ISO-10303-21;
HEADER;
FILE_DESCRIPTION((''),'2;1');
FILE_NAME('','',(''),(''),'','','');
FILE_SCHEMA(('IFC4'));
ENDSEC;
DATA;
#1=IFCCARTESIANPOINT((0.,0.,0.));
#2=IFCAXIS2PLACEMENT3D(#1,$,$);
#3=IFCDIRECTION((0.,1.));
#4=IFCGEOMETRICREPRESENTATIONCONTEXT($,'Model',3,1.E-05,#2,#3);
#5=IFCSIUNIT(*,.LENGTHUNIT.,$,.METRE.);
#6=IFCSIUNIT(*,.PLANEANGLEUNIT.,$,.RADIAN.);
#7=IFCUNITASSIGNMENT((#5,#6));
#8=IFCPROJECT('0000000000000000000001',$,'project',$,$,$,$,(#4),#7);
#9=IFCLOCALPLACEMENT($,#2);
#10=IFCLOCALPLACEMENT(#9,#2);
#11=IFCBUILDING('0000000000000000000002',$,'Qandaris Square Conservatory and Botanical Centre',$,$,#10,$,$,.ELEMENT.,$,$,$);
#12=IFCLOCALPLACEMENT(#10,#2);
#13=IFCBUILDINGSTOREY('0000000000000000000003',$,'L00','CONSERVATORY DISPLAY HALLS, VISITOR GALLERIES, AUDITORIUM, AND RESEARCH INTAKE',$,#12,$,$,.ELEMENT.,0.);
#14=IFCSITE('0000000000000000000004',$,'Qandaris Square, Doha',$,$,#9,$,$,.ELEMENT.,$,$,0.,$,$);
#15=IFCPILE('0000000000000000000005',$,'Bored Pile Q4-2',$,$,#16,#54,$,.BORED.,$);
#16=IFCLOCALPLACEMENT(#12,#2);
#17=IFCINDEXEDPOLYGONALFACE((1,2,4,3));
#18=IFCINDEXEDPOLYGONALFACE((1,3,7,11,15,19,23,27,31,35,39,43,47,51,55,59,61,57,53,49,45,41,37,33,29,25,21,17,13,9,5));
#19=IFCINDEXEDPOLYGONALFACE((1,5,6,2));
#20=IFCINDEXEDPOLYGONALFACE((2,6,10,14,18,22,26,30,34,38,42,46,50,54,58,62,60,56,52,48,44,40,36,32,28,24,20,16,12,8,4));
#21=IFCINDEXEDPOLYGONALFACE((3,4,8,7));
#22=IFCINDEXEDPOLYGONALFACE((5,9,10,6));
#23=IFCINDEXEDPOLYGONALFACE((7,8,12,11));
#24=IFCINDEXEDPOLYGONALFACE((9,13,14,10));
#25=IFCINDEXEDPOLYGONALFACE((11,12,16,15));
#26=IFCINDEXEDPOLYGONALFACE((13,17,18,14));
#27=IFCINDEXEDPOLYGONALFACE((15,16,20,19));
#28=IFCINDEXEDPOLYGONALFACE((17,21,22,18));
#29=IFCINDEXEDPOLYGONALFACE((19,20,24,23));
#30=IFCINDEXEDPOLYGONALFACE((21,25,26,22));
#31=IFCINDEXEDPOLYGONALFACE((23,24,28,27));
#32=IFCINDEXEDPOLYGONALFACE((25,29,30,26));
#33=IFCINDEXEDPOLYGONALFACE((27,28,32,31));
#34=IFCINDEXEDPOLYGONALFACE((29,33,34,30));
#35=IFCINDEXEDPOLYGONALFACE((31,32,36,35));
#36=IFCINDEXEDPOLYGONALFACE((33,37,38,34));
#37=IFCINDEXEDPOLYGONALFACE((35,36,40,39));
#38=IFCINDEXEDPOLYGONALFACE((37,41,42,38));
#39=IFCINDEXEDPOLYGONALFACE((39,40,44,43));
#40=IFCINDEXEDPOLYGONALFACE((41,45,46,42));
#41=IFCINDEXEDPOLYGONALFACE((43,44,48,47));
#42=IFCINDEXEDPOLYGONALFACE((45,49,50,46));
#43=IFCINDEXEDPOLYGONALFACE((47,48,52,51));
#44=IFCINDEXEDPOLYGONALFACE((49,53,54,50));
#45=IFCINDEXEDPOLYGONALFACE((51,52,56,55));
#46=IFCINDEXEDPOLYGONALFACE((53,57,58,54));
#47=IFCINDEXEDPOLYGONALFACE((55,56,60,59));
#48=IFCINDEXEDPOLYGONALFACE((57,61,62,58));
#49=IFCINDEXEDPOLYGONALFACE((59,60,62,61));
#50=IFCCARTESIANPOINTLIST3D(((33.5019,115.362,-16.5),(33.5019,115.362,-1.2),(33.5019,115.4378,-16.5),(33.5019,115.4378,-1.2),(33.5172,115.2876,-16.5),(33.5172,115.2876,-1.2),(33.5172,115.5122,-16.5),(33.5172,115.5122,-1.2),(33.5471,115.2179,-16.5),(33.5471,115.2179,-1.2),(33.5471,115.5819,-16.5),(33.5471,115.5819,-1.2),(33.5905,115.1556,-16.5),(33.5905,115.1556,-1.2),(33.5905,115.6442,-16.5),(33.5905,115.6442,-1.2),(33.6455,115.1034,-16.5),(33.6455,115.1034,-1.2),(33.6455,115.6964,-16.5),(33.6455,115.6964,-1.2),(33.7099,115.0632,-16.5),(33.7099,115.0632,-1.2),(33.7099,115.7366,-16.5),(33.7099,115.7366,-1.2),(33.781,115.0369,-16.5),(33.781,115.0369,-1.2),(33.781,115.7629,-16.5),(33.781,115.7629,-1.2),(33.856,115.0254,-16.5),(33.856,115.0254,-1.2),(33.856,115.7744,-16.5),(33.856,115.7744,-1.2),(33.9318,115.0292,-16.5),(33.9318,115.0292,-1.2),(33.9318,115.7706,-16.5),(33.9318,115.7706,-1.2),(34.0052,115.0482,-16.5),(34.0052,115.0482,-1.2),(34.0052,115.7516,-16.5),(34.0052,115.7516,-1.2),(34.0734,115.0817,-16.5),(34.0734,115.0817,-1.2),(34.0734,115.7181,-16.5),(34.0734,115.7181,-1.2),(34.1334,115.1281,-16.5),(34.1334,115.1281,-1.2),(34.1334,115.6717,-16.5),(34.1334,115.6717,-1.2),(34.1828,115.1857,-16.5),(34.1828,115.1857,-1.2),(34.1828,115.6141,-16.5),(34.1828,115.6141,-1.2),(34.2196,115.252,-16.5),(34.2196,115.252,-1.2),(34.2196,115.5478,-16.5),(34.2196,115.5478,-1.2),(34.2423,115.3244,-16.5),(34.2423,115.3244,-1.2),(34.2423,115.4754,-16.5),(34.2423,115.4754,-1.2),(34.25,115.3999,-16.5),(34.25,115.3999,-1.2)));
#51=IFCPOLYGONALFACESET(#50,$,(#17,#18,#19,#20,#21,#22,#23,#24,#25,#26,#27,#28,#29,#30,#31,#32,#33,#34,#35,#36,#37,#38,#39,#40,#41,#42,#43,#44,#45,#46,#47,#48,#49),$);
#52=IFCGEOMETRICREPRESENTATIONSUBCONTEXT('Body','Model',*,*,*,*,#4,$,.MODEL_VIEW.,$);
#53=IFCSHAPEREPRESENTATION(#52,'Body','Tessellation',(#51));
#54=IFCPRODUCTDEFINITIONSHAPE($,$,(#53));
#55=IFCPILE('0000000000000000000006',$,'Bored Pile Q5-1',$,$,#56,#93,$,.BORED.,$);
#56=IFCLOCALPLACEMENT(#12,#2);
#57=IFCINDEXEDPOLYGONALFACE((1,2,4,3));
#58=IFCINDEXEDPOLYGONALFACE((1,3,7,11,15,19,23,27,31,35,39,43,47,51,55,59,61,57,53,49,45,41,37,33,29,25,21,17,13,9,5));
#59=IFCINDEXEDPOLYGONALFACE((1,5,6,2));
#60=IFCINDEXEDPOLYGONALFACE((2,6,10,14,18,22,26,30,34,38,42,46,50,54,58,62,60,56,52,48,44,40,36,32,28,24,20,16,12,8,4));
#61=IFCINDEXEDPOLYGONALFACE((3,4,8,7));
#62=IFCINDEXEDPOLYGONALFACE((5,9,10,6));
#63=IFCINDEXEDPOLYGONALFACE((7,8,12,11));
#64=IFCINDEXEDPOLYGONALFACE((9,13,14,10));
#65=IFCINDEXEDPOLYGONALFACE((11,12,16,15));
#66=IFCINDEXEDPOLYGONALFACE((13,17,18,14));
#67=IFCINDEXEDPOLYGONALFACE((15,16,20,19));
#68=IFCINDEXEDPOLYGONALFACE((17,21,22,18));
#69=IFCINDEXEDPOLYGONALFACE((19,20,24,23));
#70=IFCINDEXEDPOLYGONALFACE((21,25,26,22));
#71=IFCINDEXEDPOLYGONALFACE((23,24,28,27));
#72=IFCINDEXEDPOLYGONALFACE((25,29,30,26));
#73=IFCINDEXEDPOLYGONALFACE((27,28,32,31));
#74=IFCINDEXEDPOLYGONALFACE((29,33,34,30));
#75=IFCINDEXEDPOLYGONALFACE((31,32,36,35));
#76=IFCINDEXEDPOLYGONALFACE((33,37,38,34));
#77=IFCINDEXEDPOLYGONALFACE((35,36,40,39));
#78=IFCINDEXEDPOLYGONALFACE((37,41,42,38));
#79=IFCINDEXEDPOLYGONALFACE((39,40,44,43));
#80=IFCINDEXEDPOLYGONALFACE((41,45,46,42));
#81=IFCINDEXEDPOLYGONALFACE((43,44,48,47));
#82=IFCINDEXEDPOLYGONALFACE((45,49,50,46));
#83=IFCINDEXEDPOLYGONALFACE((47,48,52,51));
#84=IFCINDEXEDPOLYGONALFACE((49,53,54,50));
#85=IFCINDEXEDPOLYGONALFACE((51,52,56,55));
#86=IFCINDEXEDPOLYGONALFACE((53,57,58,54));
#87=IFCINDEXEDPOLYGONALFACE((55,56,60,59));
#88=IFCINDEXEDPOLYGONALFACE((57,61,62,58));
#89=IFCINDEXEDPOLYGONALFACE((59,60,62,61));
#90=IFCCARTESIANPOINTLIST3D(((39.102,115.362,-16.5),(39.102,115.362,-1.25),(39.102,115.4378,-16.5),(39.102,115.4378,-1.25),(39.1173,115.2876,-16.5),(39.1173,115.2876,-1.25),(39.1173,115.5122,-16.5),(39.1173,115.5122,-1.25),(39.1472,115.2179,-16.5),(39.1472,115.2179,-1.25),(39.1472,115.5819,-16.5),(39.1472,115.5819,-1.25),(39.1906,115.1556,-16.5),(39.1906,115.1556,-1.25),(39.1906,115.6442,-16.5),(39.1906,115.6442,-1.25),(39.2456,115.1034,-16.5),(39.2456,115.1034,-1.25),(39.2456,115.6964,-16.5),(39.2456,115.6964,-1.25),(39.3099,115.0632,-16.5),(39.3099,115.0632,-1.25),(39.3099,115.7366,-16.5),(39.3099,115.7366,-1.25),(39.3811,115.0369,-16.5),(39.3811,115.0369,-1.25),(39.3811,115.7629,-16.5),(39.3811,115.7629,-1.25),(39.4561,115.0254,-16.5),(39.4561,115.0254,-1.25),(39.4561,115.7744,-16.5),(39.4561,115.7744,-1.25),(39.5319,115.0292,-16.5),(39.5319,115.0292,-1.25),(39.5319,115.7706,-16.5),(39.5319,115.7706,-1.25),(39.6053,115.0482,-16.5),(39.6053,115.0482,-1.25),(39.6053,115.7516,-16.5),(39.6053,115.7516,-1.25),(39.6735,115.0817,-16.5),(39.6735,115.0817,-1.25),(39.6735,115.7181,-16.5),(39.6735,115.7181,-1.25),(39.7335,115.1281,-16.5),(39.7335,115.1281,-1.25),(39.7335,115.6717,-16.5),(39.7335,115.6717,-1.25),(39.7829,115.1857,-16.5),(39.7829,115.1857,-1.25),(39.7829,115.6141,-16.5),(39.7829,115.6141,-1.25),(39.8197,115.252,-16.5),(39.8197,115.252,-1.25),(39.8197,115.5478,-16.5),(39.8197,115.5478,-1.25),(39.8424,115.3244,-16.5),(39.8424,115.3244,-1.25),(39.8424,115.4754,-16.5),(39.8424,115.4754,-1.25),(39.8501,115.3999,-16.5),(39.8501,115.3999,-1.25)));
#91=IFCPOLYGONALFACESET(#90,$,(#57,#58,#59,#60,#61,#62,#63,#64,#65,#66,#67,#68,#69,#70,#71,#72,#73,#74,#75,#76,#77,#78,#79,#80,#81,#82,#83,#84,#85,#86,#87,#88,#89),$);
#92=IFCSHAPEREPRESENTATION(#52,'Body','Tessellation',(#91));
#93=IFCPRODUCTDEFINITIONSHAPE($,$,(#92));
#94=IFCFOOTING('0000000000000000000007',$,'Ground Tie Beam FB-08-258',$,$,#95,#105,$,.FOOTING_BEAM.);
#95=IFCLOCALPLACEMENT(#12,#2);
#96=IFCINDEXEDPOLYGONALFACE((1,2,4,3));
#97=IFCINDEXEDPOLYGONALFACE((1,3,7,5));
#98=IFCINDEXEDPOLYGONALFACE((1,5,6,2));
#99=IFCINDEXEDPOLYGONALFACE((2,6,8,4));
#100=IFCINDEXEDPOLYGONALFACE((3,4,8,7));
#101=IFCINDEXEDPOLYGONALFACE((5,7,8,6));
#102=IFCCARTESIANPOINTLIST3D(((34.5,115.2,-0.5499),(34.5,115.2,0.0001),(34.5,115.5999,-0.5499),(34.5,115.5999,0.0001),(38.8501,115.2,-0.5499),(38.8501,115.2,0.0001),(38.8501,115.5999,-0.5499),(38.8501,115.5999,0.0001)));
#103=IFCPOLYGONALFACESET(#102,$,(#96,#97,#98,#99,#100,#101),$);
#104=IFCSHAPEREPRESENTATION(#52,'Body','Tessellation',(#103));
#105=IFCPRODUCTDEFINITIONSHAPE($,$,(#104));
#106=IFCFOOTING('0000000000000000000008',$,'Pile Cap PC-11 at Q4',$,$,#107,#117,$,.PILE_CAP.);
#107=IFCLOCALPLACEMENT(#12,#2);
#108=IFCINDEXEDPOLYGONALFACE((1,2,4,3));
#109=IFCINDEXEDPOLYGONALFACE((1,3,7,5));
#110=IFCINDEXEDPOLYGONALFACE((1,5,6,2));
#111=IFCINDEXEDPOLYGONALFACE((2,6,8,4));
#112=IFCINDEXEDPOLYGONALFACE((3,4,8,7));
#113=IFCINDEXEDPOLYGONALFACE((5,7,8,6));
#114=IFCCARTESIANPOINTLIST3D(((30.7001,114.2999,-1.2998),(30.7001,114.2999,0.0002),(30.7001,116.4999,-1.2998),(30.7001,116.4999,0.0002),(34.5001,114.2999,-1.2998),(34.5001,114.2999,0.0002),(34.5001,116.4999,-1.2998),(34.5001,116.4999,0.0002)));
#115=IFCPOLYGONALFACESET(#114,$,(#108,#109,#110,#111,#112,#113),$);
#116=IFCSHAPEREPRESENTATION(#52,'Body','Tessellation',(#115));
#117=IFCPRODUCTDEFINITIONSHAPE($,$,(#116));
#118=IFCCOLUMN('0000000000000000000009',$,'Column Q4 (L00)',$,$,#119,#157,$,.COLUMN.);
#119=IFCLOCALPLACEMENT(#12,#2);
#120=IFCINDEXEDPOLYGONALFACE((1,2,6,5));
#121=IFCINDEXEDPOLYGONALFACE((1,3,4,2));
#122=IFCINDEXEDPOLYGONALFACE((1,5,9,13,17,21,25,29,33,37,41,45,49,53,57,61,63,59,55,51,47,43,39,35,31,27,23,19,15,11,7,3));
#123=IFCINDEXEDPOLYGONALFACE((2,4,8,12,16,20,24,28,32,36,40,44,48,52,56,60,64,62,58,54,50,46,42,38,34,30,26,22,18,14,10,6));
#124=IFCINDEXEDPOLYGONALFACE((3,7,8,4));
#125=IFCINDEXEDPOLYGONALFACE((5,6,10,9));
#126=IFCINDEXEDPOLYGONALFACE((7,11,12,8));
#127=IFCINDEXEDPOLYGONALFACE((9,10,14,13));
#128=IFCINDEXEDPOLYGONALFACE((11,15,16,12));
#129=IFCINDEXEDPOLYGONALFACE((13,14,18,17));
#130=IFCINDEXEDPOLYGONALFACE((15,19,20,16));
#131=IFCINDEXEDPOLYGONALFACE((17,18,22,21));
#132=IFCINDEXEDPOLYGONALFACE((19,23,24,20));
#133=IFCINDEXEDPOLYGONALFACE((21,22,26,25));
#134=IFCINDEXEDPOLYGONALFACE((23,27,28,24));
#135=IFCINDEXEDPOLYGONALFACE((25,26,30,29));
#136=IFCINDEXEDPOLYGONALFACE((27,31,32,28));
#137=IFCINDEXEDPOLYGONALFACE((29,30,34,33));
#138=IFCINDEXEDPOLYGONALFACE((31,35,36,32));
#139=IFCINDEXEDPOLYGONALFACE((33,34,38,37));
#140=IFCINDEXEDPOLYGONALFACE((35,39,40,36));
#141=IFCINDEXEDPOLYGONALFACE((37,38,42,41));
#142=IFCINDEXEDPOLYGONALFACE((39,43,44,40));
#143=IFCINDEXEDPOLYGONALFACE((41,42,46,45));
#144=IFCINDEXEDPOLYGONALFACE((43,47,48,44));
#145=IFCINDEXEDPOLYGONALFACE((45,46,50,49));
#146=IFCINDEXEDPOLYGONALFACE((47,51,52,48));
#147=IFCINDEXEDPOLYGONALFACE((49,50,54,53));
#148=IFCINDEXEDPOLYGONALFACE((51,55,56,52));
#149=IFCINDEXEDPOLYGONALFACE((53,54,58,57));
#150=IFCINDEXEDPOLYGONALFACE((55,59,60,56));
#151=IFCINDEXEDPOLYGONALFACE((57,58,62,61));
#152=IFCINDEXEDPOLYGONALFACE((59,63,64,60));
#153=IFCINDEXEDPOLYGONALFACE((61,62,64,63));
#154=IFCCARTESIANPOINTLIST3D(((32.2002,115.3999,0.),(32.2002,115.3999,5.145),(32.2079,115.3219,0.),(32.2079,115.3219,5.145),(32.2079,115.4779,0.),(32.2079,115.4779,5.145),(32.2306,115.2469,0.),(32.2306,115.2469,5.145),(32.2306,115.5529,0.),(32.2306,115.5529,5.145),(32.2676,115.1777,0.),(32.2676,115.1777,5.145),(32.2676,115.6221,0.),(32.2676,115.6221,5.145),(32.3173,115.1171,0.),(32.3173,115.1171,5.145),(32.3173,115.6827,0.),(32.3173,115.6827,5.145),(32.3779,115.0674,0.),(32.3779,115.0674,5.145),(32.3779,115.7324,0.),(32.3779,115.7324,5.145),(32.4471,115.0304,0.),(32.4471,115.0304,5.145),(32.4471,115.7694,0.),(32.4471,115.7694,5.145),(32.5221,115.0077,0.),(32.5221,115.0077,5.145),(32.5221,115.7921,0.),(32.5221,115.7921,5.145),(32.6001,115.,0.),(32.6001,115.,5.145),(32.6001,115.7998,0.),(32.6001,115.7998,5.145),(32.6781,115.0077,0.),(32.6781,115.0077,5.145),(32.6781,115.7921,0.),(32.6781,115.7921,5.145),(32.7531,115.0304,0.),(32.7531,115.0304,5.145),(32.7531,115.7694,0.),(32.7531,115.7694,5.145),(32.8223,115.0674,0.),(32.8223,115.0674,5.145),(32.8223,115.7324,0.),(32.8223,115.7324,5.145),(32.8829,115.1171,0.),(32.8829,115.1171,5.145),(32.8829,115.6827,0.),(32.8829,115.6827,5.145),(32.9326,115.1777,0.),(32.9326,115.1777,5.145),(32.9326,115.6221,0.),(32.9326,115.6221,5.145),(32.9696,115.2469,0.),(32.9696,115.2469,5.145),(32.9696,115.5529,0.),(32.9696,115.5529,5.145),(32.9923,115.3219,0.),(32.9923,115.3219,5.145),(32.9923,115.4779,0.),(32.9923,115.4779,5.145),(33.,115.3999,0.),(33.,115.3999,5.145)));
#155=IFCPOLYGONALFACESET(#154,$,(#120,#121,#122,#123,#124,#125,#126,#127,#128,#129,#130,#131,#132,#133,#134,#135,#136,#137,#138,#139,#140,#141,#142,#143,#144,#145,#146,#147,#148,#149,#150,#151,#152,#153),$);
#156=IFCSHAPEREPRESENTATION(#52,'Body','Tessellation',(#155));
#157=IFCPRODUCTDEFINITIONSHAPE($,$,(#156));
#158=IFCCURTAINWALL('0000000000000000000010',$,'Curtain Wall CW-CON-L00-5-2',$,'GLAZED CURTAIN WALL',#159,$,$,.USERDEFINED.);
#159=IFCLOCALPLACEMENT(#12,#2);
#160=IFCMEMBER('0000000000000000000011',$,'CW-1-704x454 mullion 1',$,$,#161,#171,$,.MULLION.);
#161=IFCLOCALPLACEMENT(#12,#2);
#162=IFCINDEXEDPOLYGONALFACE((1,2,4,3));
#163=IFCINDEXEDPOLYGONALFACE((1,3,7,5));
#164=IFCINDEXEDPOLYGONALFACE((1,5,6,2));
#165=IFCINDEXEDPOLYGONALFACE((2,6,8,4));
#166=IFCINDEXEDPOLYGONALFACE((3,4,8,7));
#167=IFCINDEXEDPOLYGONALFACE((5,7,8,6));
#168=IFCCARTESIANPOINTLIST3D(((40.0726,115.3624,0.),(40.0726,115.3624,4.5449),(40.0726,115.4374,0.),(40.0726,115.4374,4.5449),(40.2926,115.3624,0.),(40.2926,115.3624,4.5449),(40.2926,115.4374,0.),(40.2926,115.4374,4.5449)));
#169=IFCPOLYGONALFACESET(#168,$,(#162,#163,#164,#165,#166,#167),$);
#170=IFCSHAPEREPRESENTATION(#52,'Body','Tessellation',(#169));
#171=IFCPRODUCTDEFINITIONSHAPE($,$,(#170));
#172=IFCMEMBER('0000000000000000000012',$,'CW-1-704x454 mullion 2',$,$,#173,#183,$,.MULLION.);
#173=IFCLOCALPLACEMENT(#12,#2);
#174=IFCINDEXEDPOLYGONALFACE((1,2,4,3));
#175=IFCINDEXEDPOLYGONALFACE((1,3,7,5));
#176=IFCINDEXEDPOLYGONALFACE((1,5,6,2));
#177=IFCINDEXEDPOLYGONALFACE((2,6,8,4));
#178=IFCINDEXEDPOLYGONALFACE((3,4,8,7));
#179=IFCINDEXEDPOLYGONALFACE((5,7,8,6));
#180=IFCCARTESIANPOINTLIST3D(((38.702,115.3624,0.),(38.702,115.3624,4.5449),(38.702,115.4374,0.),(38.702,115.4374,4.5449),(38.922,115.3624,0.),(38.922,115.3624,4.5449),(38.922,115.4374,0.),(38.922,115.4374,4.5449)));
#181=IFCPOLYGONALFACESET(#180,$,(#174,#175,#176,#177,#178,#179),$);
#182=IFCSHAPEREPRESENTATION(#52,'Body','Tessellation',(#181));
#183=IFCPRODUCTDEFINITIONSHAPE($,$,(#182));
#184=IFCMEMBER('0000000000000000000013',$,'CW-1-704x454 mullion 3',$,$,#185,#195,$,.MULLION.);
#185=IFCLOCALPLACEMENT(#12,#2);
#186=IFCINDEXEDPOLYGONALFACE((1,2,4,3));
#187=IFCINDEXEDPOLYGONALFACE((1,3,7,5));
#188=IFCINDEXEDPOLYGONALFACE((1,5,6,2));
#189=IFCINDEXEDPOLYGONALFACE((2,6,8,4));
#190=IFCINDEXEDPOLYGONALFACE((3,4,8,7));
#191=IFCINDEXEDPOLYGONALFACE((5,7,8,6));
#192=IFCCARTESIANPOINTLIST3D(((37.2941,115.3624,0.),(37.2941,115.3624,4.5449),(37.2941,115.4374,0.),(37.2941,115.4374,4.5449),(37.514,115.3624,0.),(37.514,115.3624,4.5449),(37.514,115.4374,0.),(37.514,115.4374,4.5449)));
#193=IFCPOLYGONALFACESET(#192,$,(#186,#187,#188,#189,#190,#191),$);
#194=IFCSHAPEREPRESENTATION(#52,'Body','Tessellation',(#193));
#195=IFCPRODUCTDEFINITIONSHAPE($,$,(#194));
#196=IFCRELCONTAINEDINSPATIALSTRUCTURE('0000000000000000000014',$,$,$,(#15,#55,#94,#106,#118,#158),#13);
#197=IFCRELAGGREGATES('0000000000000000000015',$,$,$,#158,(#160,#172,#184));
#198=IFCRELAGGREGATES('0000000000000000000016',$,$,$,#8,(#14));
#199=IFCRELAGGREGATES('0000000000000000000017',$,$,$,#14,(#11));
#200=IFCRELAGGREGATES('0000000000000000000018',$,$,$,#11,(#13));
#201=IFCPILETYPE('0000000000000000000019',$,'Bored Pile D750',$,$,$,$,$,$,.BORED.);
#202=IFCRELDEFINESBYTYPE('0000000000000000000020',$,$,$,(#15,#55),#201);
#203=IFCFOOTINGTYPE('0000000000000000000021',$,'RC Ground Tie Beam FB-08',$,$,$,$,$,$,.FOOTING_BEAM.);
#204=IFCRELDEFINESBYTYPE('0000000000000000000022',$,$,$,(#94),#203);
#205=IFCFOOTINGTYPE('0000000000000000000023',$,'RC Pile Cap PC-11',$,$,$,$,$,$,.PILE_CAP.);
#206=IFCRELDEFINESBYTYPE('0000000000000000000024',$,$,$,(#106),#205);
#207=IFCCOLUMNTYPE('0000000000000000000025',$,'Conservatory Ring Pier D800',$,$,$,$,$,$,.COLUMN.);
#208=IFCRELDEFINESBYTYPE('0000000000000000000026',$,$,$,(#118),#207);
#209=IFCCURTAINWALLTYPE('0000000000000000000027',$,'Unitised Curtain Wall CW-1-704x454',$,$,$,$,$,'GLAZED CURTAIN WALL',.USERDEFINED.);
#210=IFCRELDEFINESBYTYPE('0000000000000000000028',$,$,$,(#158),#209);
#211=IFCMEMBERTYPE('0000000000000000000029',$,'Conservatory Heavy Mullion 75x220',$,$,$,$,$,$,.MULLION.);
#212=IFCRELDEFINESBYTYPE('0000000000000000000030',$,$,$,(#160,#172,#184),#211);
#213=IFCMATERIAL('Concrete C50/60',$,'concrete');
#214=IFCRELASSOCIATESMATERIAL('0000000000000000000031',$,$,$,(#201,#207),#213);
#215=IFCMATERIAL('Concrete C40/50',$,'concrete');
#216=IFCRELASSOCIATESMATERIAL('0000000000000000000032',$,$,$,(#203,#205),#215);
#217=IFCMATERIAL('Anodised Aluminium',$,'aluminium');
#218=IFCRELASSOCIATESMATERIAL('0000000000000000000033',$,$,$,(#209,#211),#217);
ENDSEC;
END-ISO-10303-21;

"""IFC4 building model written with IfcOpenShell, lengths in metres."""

from ifc_helpers import new_model, si_unit, direction, frame, origin, origin_2d, place, context, subcontext, project, spatial, rectangle, circle, extrude, material, material_profile, profile_set, type_object, element, aggregate, save


model = new_model("IFC4")

# Units and contexts
model_context = context("Model", 3, precision=1e-05, world=origin(), true_north=direction((0.0, 1.0)))
body_context = subcontext(model_context, "Body", "Model", "MODEL_VIEW")
ifc_project = project(units=[si_unit("LENGTHUNIT", "METRE"), si_unit("PLANEANGLEUNIT", "RADIAN")], contexts=[model_context])

# Site, building, storey
site_placement = place(None, origin())
site = spatial("IfcSite", under=ifc_project, at=site_placement, Name="Qandaris Square, Doha", CompositionType="ELEMENT", RefElevation=0.0)
building_placement = place(site_placement, origin())
building = spatial("IfcBuilding", under=site, at=building_placement, Name="Qandaris Square Conservatory and Botanical Centre", CompositionType="ELEMENT")
storey_placement = place(building_placement, origin())
storey = spatial("IfcBuildingStorey", under=building, at=storey_placement, Name="L00", Description="CONSERVATORY DISPLAY HALLS, VISITOR GALLERIES, AUDITORIUM, AND RESEARCH INTAKE", CompositionType="ELEMENT", Elevation=0.0)

# Piles
ifc_material_1 = material(Name="Concrete C50/60", Category="concrete")
ifc_material_profile_1 = material_profile(ifc_material_1, circle(Radius=0.375, at=origin_2d()), Name="PILE D750")
ifc_profile_set_1 = profile_set([ifc_material_profile_1], Name="Concrete C50/60")
pile_type = type_object("IfcPileType", Name="Bored Pile D750", PredefinedType="BORED", material=ifc_profile_set_1)
pile_1_placement = place(storey_placement, frame((33.875, 115.3999, -1.2), z_axis=(0.0, 0.0, -1.0), x_axis=(1.0, 0.0, 0.0)))
element("IfcPile", 1, at=pile_1_placement, inside=storey, type_object=pile_type, Name="Bored Pile Q4-2", PredefinedType="BORED", context=body_context, shape_type="SweptSolid", body=[
    extrude(circle(Radius=0.375, at=origin_2d()), origin(), (0.0, 0.0, 1.0), 15.3),
])
pile_2_placement = place(storey_placement, frame((39.4751, 115.3999, -1.25), z_axis=(0.0, 0.0, -1.0), x_axis=(1.0, 0.0, 0.0)))
element("IfcPile", 2, at=pile_2_placement, inside=storey, type_object=pile_type, Name="Bored Pile Q5-1", PredefinedType="BORED", context=body_context, shape_type="SweptSolid", body=[
    extrude(circle(Radius=0.375, at=origin_2d()), origin(), (0.0, 0.0, 1.0), 15.25),
])

# Footings
ifc_material_2 = material(Name="Concrete C40/50", Category="concrete")
ifc_material_profile_2 = material_profile(ifc_material_2, rectangle(XDim=0.3999, YDim=0.55, at=origin_2d()), Name="FB 400x550")
ifc_profile_set_2 = profile_set([ifc_material_profile_2], Name="Concrete C40/50")
footing_type_1 = type_object("IfcFootingType", Name="RC Ground Tie Beam FB-08", PredefinedType="FOOTING_BEAM", material=ifc_profile_set_2)
footing_1_placement = place(storey_placement, frame((34.5, 115.3999, -0.2749), z_axis=(1.0, 0.0, 0.0), x_axis=(0.0, 1.0, 0.0)))
element("IfcFooting", 3, at=footing_1_placement, inside=storey, type_object=footing_type_1, Name="Ground Tie Beam FB-08-258", PredefinedType="FOOTING_BEAM", context=body_context, shape_type="SweptSolid", body=[
    extrude(rectangle(XDim=0.3999, YDim=0.55, at=origin_2d()), origin(), (0.0, 0.0, 1.0), 4.3501),
])
footing_type_2 = type_object("IfcFootingType", Name="RC Pile Cap PC-11", PredefinedType="PILE_CAP", material=ifc_material_2)
footing_2_placement = place(storey_placement, frame((32.6001, 115.3999, -1.2998), z_axis=(0.0, 0.0, 1.0), x_axis=(1.0, 0.0, 0.0)))
element("IfcFooting", 4, at=footing_2_placement, inside=storey, type_object=footing_type_2, Name="Pile Cap PC-11 at Q4", PredefinedType="PILE_CAP", context=body_context, shape_type="SweptSolid", body=[
    extrude(rectangle(XDim=3.8, YDim=2.2, at=origin_2d()), origin(), (0.0, 0.0, 1.0), 1.3),
])

# Column
ifc_material_profile_3 = material_profile(ifc_material_1, circle(Radius=0.3999, at=origin_2d()), Name="RC-COL D800")
ifc_profile_set_3 = profile_set([ifc_material_profile_3], Name="Concrete C50/60")
column_type = type_object("IfcColumnType", Name="Conservatory Ring Pier D800", PredefinedType="COLUMN", material=ifc_profile_set_3)
column_placement = place(storey_placement, frame((32.6001, 115.3999, 0.0), z_axis=(0.0, 0.0, 1.0), x_axis=(1.0, 0.0, 0.0)))
element("IfcColumn", 5, at=column_placement, inside=storey, type_object=column_type, Name="Column Q4 (L00)", PredefinedType="COLUMN", context=body_context, shape_type="SweptSolid", body=[
    extrude(circle(Radius=0.3999, at=origin_2d()), origin(), (0.0, 0.0, 1.0), 5.145),
])

# Curtain wall, members
ifc_material_3 = material(Name="Anodised Aluminium", Category="aluminium")
curtain_wall_type = type_object("IfcCurtainWallType", Name="Unitised Curtain Wall CW-1-704x454", ElementType="GLAZED CURTAIN WALL", PredefinedType="USERDEFINED", material=ifc_material_3)
curtain_wall_placement = place(storey_placement, origin())
curtain_wall = element("IfcCurtainWall", 6, at=curtain_wall_placement, inside=storey, type_object=curtain_wall_type, Name="Curtain Wall CW-CON-L00-5-2", ObjectType="GLAZED CURTAIN WALL", PredefinedType="USERDEFINED")
ifc_material_profile_4 = material_profile(ifc_material_3, rectangle(XDim=0.075, YDim=0.22, at=origin_2d()), Name="ALU-MUL 75x220")
ifc_profile_set_4 = profile_set([ifc_material_profile_4], Name="Anodised Aluminium")
member_type_1 = type_object("IfcMemberType", Name="Conservatory Heavy Mullion 75x220", PredefinedType="MULLION", material=ifc_profile_set_4)
member_1_placement = place(storey_placement, frame((40.1826, 115.3999, 0.0), z_axis=(0.0, 0.0, 1.0), x_axis=(0.0, -1.0, 0.0)))
member_1 = element("IfcMember", 7, at=member_1_placement, type_object=member_type_1, Name="CW-1-704x454 mullion 1", PredefinedType="MULLION", context=body_context, shape_type="SweptSolid", body=[
    extrude(rectangle(XDim=0.075, YDim=0.22, at=origin_2d()), origin(), (0.0, 0.0, 1.0), 4.5449),
])
member_2_placement = place(storey_placement, frame((38.812, 115.3999, 0.0), z_axis=(0.0, 0.0, 1.0), x_axis=(0.0, -1.0, 0.0)))
member_2 = element("IfcMember", 8, at=member_2_placement, type_object=member_type_1, Name="CW-1-704x454 mullion 2", PredefinedType="MULLION", context=body_context, shape_type="SweptSolid", body=[
    extrude(rectangle(XDim=0.075, YDim=0.22, at=origin_2d()), origin(), (0.0, 0.0, 1.0), 4.5449),
])
member_3_placement = place(storey_placement, frame((37.4041, 115.3999, 0.0), z_axis=(0.0, 0.0, 1.0), x_axis=(0.0, -1.0, 0.0)))
member_3 = element("IfcMember", 9, at=member_3_placement, type_object=member_type_1, Name="CW-1-704x454 mullion 3", PredefinedType="MULLION", context=body_context, shape_type="SweptSolid", body=[
    extrude(rectangle(XDim=0.075, YDim=0.22, at=origin_2d()), origin(), (0.0, 0.0, 1.0), 4.5449),
])

aggregate(curtain_wall, [member_1, member_2, member_3])

save(model, "model.ifc")
